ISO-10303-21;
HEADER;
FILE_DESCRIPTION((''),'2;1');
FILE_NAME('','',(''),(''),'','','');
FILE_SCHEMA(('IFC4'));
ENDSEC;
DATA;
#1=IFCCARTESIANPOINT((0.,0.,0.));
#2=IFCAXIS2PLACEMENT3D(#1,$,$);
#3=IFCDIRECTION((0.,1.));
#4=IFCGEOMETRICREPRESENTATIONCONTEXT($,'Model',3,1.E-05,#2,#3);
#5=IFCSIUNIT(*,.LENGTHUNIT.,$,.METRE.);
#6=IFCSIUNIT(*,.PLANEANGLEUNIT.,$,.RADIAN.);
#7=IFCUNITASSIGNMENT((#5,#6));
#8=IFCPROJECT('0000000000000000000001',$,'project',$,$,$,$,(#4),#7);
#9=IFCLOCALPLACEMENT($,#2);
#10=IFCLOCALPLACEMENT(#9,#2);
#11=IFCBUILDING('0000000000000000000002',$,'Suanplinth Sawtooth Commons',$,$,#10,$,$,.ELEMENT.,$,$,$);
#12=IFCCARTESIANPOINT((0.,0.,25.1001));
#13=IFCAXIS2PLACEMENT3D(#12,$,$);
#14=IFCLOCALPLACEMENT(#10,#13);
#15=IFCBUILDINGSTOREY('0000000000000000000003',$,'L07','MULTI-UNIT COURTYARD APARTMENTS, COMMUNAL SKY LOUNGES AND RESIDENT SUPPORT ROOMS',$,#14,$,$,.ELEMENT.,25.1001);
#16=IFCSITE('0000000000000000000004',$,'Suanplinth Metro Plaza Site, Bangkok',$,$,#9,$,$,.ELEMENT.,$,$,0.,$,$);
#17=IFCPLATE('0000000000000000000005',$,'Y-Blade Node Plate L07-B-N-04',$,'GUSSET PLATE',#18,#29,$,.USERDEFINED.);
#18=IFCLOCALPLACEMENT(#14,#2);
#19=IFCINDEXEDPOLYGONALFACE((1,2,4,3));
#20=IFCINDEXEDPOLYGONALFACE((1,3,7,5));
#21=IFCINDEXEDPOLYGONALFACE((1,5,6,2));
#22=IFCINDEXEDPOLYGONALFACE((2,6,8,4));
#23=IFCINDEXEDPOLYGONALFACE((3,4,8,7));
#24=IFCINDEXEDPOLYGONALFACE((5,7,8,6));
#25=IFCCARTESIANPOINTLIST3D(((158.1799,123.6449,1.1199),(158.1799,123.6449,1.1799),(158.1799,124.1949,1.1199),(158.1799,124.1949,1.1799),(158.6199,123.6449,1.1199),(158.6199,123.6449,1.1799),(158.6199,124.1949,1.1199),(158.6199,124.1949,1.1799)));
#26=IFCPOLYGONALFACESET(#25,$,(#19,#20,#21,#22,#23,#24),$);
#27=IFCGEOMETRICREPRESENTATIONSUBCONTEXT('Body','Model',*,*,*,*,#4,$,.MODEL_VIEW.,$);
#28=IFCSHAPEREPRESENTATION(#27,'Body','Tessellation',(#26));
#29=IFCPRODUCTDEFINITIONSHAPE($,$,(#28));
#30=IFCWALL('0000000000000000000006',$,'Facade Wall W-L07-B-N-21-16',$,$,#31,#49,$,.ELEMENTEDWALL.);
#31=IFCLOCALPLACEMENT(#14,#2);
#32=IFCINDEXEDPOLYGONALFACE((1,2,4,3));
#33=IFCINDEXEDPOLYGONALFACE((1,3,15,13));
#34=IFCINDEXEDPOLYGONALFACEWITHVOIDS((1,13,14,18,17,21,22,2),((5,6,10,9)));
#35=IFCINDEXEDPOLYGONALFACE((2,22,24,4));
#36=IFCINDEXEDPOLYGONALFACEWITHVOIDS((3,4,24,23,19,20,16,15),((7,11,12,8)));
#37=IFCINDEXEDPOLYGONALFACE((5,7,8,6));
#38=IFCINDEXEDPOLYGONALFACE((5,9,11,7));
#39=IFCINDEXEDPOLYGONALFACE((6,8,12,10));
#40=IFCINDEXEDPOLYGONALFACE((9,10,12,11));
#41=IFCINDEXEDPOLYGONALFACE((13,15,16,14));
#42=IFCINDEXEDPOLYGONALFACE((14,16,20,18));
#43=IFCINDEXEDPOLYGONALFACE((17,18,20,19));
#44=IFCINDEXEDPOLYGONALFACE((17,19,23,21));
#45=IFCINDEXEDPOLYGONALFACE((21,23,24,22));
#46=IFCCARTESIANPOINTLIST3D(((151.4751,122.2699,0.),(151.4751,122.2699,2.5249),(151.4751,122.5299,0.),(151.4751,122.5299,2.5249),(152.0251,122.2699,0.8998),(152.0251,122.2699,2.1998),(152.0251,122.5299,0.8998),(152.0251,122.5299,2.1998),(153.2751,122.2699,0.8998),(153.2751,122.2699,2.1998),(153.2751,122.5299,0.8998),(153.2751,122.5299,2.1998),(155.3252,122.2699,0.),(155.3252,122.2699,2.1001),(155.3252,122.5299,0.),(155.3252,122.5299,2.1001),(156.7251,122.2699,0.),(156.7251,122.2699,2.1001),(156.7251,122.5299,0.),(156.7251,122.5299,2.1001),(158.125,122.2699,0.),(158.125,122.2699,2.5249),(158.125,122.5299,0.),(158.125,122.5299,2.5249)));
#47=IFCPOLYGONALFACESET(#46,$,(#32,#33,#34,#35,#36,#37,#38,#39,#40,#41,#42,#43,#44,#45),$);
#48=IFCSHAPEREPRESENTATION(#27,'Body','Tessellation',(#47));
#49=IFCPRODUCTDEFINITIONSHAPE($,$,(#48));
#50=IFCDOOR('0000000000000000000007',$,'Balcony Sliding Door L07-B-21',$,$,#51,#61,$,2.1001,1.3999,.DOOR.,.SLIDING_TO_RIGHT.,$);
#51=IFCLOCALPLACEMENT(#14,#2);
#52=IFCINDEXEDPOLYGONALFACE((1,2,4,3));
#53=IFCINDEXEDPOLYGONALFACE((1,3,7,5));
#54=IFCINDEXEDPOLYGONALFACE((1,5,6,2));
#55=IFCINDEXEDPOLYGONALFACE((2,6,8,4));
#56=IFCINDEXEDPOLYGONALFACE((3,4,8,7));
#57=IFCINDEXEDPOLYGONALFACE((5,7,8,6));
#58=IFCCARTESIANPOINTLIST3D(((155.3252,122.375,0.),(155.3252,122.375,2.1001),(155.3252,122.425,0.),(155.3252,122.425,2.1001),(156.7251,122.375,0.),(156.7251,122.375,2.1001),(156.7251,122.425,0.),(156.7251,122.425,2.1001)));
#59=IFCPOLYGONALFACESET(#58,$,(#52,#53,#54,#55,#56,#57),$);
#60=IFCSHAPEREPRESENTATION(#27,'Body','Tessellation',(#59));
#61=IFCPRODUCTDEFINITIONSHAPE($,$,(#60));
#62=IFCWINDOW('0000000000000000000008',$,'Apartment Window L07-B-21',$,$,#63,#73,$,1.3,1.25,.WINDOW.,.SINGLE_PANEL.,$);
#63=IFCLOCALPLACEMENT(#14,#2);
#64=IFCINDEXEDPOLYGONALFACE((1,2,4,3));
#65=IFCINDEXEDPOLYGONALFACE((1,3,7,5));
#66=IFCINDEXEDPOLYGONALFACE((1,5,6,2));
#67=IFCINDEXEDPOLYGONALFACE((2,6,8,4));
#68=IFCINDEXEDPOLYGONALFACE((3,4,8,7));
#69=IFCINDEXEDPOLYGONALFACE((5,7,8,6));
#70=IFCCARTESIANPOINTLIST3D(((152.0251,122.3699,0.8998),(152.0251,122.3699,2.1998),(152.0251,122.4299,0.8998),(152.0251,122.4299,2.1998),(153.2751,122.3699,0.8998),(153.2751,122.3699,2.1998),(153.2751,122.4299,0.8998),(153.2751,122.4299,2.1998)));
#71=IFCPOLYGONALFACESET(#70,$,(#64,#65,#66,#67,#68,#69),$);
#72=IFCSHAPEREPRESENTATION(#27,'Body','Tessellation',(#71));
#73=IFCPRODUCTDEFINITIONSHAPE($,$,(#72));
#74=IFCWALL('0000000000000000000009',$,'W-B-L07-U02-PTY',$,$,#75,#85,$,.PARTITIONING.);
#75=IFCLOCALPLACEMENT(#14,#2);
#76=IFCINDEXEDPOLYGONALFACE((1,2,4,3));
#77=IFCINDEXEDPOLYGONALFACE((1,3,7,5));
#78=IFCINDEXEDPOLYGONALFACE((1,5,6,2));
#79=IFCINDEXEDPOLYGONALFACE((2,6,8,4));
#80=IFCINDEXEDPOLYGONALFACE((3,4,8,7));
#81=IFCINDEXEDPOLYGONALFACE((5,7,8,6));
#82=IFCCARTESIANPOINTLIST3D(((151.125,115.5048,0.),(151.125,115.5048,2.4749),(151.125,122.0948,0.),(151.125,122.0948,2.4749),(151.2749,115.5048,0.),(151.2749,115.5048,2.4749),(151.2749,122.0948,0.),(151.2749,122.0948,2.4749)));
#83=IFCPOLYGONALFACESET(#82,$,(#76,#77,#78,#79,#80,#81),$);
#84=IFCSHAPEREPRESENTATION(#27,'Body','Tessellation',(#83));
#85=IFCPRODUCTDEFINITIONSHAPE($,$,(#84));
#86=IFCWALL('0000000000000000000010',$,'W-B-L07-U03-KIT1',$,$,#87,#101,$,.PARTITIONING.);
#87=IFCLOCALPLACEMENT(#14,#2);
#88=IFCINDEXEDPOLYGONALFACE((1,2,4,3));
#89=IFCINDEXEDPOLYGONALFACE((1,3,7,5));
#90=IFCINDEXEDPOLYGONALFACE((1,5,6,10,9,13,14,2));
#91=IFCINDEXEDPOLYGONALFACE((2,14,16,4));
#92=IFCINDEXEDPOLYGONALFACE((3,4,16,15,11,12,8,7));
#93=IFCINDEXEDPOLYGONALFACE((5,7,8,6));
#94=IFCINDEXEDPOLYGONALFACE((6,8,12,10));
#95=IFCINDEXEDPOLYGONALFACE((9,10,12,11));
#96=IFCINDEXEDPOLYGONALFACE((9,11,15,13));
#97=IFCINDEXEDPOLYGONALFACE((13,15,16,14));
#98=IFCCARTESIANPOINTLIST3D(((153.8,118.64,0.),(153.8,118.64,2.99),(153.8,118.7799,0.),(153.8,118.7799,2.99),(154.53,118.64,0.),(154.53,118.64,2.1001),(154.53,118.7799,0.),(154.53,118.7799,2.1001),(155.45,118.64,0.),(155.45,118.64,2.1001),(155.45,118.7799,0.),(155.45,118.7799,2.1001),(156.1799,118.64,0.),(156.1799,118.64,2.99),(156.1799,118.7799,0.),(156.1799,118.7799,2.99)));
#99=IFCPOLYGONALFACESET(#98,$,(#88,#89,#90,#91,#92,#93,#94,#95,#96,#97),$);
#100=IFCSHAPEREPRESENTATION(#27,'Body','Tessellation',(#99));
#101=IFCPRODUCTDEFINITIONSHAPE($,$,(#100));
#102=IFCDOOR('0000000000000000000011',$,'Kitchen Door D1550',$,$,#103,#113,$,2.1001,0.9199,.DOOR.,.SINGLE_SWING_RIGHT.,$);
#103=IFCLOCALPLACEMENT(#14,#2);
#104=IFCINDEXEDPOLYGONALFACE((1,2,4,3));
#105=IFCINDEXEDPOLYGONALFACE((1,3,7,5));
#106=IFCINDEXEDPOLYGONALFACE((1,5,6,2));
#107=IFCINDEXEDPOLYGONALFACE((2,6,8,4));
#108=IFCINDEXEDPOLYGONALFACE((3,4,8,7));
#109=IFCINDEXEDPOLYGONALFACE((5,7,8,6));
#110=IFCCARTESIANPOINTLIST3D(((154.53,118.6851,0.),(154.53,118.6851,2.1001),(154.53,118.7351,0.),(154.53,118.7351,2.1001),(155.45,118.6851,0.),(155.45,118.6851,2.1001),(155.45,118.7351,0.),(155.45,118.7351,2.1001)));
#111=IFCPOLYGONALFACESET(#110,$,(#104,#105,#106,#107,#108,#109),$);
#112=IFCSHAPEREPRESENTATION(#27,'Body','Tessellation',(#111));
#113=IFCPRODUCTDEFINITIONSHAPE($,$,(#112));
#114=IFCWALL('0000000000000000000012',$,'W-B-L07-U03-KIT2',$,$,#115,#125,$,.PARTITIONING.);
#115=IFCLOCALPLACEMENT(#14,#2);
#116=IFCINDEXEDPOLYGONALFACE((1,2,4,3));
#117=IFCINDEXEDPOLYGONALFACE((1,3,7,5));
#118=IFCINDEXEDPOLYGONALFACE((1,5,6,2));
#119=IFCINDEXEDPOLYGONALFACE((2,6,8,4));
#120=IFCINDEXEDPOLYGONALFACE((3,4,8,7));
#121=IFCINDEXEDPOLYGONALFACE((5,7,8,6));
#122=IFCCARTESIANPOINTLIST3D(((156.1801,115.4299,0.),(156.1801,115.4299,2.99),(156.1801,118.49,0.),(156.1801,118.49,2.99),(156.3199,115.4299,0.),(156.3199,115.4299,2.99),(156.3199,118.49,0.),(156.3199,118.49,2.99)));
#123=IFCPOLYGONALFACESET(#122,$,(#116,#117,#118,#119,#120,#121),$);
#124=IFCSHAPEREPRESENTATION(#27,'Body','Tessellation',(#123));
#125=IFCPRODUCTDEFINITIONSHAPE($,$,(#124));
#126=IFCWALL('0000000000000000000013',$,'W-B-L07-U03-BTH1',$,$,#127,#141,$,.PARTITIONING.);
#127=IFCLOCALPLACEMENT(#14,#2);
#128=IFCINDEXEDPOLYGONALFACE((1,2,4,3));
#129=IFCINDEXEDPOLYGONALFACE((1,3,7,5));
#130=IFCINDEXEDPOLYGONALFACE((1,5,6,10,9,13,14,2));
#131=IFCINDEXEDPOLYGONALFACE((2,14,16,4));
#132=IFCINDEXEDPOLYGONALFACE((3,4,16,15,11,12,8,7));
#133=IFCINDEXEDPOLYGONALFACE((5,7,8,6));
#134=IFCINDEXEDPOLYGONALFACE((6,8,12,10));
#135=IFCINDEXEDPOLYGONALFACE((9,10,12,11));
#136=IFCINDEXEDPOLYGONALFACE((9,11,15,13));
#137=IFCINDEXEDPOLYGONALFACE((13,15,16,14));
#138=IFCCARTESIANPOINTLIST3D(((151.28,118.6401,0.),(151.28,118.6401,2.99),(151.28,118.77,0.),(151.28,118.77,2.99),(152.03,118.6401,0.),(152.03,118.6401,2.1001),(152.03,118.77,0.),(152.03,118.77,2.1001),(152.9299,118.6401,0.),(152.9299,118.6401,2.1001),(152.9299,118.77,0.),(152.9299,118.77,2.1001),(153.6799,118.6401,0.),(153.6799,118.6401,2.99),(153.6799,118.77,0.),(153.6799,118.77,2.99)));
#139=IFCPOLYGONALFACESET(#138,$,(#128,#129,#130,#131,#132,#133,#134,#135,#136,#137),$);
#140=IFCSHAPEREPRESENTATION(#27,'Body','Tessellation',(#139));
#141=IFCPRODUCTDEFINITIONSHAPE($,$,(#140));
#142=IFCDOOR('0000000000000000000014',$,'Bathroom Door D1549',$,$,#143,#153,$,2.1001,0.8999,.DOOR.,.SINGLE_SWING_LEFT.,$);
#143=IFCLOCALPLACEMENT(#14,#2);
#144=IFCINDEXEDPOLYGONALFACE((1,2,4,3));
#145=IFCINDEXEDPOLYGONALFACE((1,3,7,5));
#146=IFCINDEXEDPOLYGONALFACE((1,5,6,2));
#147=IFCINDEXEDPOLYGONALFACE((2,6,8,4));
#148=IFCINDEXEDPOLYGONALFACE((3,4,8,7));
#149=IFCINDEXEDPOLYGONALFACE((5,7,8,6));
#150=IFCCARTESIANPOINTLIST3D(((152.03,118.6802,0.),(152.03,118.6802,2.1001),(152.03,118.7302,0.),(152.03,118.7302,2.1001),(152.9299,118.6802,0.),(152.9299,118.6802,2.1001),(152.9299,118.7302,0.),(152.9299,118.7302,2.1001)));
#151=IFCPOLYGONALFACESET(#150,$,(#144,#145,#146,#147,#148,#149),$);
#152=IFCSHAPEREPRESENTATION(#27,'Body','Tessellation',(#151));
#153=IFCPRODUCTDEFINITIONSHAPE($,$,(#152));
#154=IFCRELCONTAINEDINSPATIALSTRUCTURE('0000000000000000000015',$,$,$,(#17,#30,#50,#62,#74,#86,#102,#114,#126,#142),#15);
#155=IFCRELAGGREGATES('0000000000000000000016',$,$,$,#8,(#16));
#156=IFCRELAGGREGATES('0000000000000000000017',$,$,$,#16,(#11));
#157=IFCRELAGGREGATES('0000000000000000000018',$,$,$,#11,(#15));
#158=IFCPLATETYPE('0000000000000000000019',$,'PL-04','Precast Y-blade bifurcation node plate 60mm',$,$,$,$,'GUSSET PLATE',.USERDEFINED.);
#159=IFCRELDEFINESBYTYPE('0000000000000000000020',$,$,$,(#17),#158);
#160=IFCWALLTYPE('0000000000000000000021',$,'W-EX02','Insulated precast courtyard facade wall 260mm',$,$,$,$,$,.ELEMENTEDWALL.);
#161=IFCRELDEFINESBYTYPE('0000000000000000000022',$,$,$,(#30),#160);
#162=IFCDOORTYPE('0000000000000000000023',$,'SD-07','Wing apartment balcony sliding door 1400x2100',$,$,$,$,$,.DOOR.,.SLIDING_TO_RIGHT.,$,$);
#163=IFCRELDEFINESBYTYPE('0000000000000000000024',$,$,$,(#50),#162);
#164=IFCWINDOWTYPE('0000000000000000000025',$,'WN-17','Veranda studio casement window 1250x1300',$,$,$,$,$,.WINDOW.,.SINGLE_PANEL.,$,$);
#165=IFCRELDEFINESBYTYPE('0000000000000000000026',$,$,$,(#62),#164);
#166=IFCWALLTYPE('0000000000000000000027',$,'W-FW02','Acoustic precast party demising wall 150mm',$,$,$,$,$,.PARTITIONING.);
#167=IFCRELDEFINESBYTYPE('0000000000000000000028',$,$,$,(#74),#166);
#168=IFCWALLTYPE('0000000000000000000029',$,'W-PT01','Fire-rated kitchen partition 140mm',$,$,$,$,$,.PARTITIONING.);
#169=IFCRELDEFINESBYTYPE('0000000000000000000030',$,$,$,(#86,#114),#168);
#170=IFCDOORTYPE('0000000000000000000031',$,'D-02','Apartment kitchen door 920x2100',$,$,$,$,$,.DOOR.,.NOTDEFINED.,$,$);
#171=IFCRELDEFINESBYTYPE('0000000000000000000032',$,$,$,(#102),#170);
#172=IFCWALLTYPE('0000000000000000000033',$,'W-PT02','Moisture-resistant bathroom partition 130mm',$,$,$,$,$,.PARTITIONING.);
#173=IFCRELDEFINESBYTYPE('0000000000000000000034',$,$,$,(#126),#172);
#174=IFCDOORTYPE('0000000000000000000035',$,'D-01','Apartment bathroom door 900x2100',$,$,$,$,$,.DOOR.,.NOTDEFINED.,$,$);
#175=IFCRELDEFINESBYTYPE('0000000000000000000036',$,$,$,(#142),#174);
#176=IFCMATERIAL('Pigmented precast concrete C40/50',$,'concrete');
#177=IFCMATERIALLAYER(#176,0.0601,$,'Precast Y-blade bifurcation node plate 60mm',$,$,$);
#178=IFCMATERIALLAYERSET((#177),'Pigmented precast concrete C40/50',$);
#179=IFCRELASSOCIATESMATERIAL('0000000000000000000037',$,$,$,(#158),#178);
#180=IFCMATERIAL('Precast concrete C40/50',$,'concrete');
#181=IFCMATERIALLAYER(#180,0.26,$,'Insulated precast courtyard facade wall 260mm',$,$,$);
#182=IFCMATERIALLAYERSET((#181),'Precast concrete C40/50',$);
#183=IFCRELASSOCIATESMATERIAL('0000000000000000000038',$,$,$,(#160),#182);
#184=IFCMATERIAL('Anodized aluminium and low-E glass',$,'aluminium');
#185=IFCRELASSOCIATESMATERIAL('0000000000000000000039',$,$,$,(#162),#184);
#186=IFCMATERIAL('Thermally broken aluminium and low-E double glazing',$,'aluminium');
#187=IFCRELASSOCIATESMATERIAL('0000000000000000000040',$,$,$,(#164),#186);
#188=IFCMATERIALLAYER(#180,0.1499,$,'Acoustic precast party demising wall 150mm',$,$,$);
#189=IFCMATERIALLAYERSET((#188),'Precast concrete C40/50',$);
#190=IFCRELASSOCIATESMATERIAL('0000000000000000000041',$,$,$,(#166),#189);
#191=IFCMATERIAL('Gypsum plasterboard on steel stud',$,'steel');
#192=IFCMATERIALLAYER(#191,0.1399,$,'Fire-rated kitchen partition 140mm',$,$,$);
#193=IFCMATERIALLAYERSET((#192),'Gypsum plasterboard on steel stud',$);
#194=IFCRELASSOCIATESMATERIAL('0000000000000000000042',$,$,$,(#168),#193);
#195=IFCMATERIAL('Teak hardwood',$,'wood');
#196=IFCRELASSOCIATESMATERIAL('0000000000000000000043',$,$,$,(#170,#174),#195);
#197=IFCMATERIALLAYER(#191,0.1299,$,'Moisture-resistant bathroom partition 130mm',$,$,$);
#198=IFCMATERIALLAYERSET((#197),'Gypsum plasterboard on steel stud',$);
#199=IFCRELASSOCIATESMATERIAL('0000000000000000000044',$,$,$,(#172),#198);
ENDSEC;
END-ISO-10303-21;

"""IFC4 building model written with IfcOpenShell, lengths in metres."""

from ifc_helpers import new_model, si_unit, direction, frame, frame_2d, origin, origin_2d, place, context, subcontext, project, spatial, rectangle, extrude, material, layer, layer_set, type_object, element, fill, save


model = new_model("IFC4")

# Units and contexts
model_context = context("Model", 3, precision=1e-05, world=origin(), true_north=direction((0.0, 1.0)))
body_context = subcontext(model_context, "Body", "Model", "MODEL_VIEW")
ifc_project = project(units=[si_unit("LENGTHUNIT", "METRE"), si_unit("PLANEANGLEUNIT", "RADIAN")], contexts=[model_context])

# Site, building, storey
site_placement = place(None, origin())
site = spatial("IfcSite", under=ifc_project, at=site_placement, Name="Suanplinth Metro Plaza Site, Bangkok", CompositionType="ELEMENT", RefElevation=0.0)
building_placement = place(site_placement, origin())
building = spatial("IfcBuilding", under=site, at=building_placement, Name="Suanplinth Sawtooth Commons", CompositionType="ELEMENT")
storey_placement = place(building_placement, frame((0.0, 0.0, 25.1001)))
storey = spatial("IfcBuildingStorey", under=building, at=storey_placement, Name="L07", Description="MULTI-UNIT COURTYARD APARTMENTS, COMMUNAL SKY LOUNGES AND RESIDENT SUPPORT ROOMS", CompositionType="ELEMENT", Elevation=25.1001)

# Shared definitions
ifc_material_1 = material(Name="Precast concrete C40/50", Category="concrete")

# Shared definitions
ifc_material_2 = material(Name="Pigmented precast concrete C40/50", Category="concrete")

# Plate
ifc_layer_1 = layer(ifc_material_2, 0.0601, Name="Precast Y-blade bifurcation node plate 60mm")
ifc_layer_set_1 = layer_set([ifc_layer_1], Name="Pigmented precast concrete C40/50")
plate_type = type_object("IfcPlateType", Name="PL-04", Description="Precast Y-blade bifurcation node plate 60mm", ElementType="GUSSET PLATE", PredefinedType="USERDEFINED", material=ifc_layer_set_1)
for number, where, z_axis, x_axis, name in (
    (1, (158.3999, 123.9199, 1.1199), (0.0, 0.0, 1.0), (1.0, 0.0, 0.0), "Y-Blade Node Plate L07-B-N-04"),
):
    element("IfcPlate", number, at=place(storey_placement, frame(where, z_axis=z_axis, x_axis=x_axis)), inside=storey, type_object=plate_type, Name=name, ObjectType="GUSSET PLATE", PredefinedType="USERDEFINED", context=body_context, shape_type="SweptSolid", body=[
        extrude(rectangle(XDim=0.4399, YDim=0.55, at=origin_2d()), origin(), (0.0, 0.0, 1.0), 0.0601),
    ])

# Wall, openings, door, window
ifc_layer_2 = layer(ifc_material_1, 0.26, Name="Insulated precast courtyard facade wall 260mm")
ifc_layer_set_2 = layer_set([ifc_layer_2], Name="Precast concrete C40/50")
wall_type_1 = type_object("IfcWallType", Name="W-EX02", Description="Insulated precast courtyard facade wall 260mm", PredefinedType="ELEMENTEDWALL", material=ifc_layer_set_2)
wall_1_placement = place(storey_placement, frame((151.4751, 122.3999, 0.0), z_axis=(0.0, 0.0, 1.0), x_axis=(1.0, 0.0, 0.0)))
wall_1 = element("IfcWall", 2, at=wall_1_placement, inside=storey, type_object=wall_type_1, Name="Facade Wall W-L07-B-N-21-16", PredefinedType="ELEMENTEDWALL", context=body_context, shape_type="SweptSolid", body=[
    extrude(rectangle(XDim=6.6499, YDim=0.26, at=frame_2d((3.325, 0.0))), origin(), (0.0, 0.0, 1.0), 2.5249),
])
opening_1_placement = place(wall_1_placement, frame((3.8501, 0.0, 0.0)))
opening_1 = element("IfcOpeningElement", 3, at=opening_1_placement, cuts=wall_1, PredefinedType="OPENING", context=body_context, shape_type="SweptSolid", body=[
    extrude(rectangle(XDim=1.3999, YDim=2.1001, at=frame_2d((0.7, 1.05))), frame((0.0, 0.145, 0.0), z_axis=(0.0, -1.0, 0.0), x_axis=(1.0, 0.0, 0.0)), (0.0, 0.0, 1.0), 0.2898),
])
opening_2_placement = place(wall_1_placement, frame((0.55, 0.0, 0.8999)))
opening_2 = element("IfcOpeningElement", 4, at=opening_2_placement, cuts=wall_1, PredefinedType="OPENING", context=body_context, shape_type="SweptSolid", body=[
    extrude(rectangle(XDim=1.25, YDim=1.3, at=frame_2d((0.625, 0.6499))), frame((0.0, 0.145, 0.0), z_axis=(0.0, -1.0, 0.0), x_axis=(1.0, 0.0, 0.0)), (0.0, 0.0, 1.0), 0.2898),
])
ifc_material_3 = material(Name="Anodized aluminium and low-E glass", Category="aluminium")
door_type_1 = type_object("IfcDoorType", Name="SD-07", Description="Wing apartment balcony sliding door 1400x2100", OperationType="SLIDING_TO_RIGHT", PredefinedType="DOOR", material=ifc_material_3)
door_1_placement = place(opening_1_placement, frame((1.3999, 0.0, 0.0), z_axis=(0.0, 0.0, 1.0), x_axis=(-1.0, 0.0, 0.0)))
door_1 = element("IfcDoor", 5, at=door_1_placement, inside=storey, type_object=door_type_1, Name="Balcony Sliding Door L07-B-21", OperationType="SLIDING_TO_RIGHT", OverallHeight=2.1001, OverallWidth=1.3999, PredefinedType="DOOR", context=body_context, shape_type="SweptSolid", body=[
    extrude(rectangle(XDim=1.3999, YDim=2.1001, at=frame_2d((0.7, 1.05))), frame((0.0, 0.0249, 0.0), z_axis=(0.0, -1.0, 0.0), x_axis=(1.0, 0.0, 0.0)), (0.0, 0.0, 1.0), 0.05),
])
fill(opening_1, door_1)
ifc_material_4 = material(Name="Thermally broken aluminium and low-E double glazing", Category="aluminium")
window_type_1 = type_object("IfcWindowType", Name="WN-17", Description="Veranda studio casement window 1250x1300", PartitioningType="SINGLE_PANEL", PredefinedType="WINDOW", material=ifc_material_4)
window_1_placement = place(opening_2_placement, origin())
window_1 = element("IfcWindow", 6, at=window_1_placement, inside=storey, type_object=window_type_1, Name="Apartment Window L07-B-21", OverallHeight=1.3, OverallWidth=1.25, PartitioningType="SINGLE_PANEL", PredefinedType="WINDOW", context=body_context, shape_type="SweptSolid", body=[
    extrude(rectangle(XDim=1.25, YDim=1.3, at=frame_2d((0.625, 0.6499))), frame((0.0, 0.03, 0.0), z_axis=(0.0, -1.0, 0.0), x_axis=(1.0, 0.0, 0.0)), (0.0, 0.0, 1.0), 0.0601),
])
fill(opening_2, window_1)

# Wall
ifc_layer_3 = layer(ifc_material_1, 0.1499, Name="Acoustic precast party demising wall 150mm")
ifc_layer_set_3 = layer_set([ifc_layer_3], Name="Precast concrete C40/50")
wall_type_2 = type_object("IfcWallType", Name="W-FW02", Description="Acoustic precast party demising wall 150mm", PredefinedType="PARTITIONING", material=ifc_layer_set_3)
wall_2_placement = place(storey_placement, frame((151.2, 115.5049, 0.0), z_axis=(0.0, 0.0, 1.0), x_axis=(0.0, 1.0, 0.0)))
element("IfcWall", 7, at=wall_2_placement, inside=storey, type_object=wall_type_2, Name="W-B-L07-U02-PTY", PredefinedType="PARTITIONING", context=body_context, shape_type="SweptSolid", body=[
    extrude(rectangle(XDim=6.5901, YDim=0.1499, at=frame_2d((3.2949, 0.0))), origin(), (0.0, 0.0, 1.0), 2.4749),
])

# Wall, opening, door
ifc_material_5 = material(Name="Gypsum plasterboard on steel stud", Category="steel")
ifc_layer_4 = layer(ifc_material_5, 0.1399, Name="Fire-rated kitchen partition 140mm")
ifc_layer_set_4 = layer_set([ifc_layer_4], Name="Gypsum plasterboard on steel stud")
wall_type_3 = type_object("IfcWallType", Name="W-PT01", Description="Fire-rated kitchen partition 140mm", PredefinedType="PARTITIONING", material=ifc_layer_set_4)
wall_3_placement = place(storey_placement, frame((153.8, 118.71, 0.0), z_axis=(0.0, 0.0, 1.0), x_axis=(1.0, 0.0, 0.0)))
wall_3 = element("IfcWall", 8, at=wall_3_placement, inside=storey, type_object=wall_type_3, Name="W-B-L07-U03-KIT1", PredefinedType="PARTITIONING", context=body_context, shape_type="SweptSolid", body=[
    extrude(rectangle(XDim=2.3799, YDim=0.1399, at=frame_2d((1.1899, 0.0))), origin(), (0.0, 0.0, 1.0), 2.99),
])
opening_3_placement = place(wall_3_placement, frame((0.73, 0.0, 0.0)))
opening_3 = element("IfcOpeningElement", 9, at=opening_3_placement, cuts=wall_3, PredefinedType="OPENING", context=body_context, shape_type="SweptSolid", body=[
    extrude(rectangle(XDim=0.9199, YDim=2.1001, at=frame_2d((0.46, 1.05))), frame((0.0, 0.085, 0.0), z_axis=(0.0, -1.0, 0.0), x_axis=(1.0, 0.0, 0.0)), (0.0, 0.0, 1.0), 0.1697),
])
ifc_material_6 = material(Name="Teak hardwood", Category="wood")
door_type_2 = type_object("IfcDoorType", Name="D-02", Description="Apartment kitchen door 920x2100", OperationType="NOTDEFINED", PredefinedType="DOOR", material=ifc_material_6)
door_2_placement = place(opening_3_placement, frame((0.9199, 0.0, 0.0), z_axis=(0.0, 0.0, 1.0), x_axis=(-1.0, 0.0, 0.0)))
door_2 = element("IfcDoor", 10, at=door_2_placement, inside=storey, type_object=door_type_2, Name="Kitchen Door D1550", OperationType="SINGLE_SWING_RIGHT", OverallHeight=2.1001, OverallWidth=0.9199, PredefinedType="DOOR", context=body_context, shape_type="SweptSolid", body=[
    extrude(rectangle(XDim=0.9199, YDim=2.1001, at=frame_2d((0.46, 1.05))), frame((0.0, 0.0249, 0.0), z_axis=(0.0, -1.0, 0.0), x_axis=(1.0, 0.0, 0.0)), (0.0, 0.0, 1.0), 0.05),
])
fill(opening_3, door_2)

# Wall
wall_4_placement = place(storey_placement, frame((156.25, 115.4299, 0.0), z_axis=(0.0, 0.0, 1.0), x_axis=(0.0, 1.0, 0.0)))
element("IfcWall", 11, at=wall_4_placement, inside=storey, type_object=wall_type_3, Name="W-B-L07-U03-KIT2", PredefinedType="PARTITIONING", context=body_context, shape_type="SweptSolid", body=[
    extrude(rectangle(XDim=3.0601, YDim=0.1399, at=frame_2d((1.53, 0.0))), origin(), (0.0, 0.0, 1.0), 2.99),
])

# Wall, opening, door
ifc_layer_5 = layer(ifc_material_5, 0.1299, Name="Moisture-resistant bathroom partition 130mm")
ifc_layer_set_5 = layer_set([ifc_layer_5], Name="Gypsum plasterboard on steel stud")
wall_type_4 = type_object("IfcWallType", Name="W-PT02", Description="Moisture-resistant bathroom partition 130mm", PredefinedType="PARTITIONING", material=ifc_layer_set_5)
wall_5_placement = place(storey_placement, frame((151.28, 118.7051, 0.0), z_axis=(0.0, 0.0, 1.0), x_axis=(1.0, 0.0, 0.0)))
wall_5 = element("IfcWall", 12, at=wall_5_placement, inside=storey, type_object=wall_type_4, Name="W-B-L07-U03-BTH1", PredefinedType="PARTITIONING", context=body_context, shape_type="SweptSolid", body=[
    extrude(rectangle(XDim=2.3999, YDim=0.1299, at=frame_2d((1.2, 0.0))), origin(), (0.0, 0.0, 1.0), 2.99),
])
opening_4_placement = place(wall_5_placement, frame((0.75, 0.0, 0.0)))
opening_4 = element("IfcOpeningElement", 13, at=opening_4_placement, cuts=wall_5, PredefinedType="OPENING", context=body_context, shape_type="SweptSolid", body=[
    extrude(rectangle(XDim=0.8999, YDim=2.1001, at=frame_2d((0.45, 1.05))), frame((0.0, 0.0798, 0.0), z_axis=(0.0, -1.0, 0.0), x_axis=(1.0, 0.0, 0.0)), (0.0, 0.0, 1.0), 0.1597),
])
door_type_3 = type_object("IfcDoorType", Name="D-01", Description="Apartment bathroom door 900x2100", OperationType="NOTDEFINED", PredefinedType="DOOR", material=ifc_material_6)
door_3_placement = place(opening_4_placement, frame((0.8999, 0.0, 0.0), z_axis=(0.0, 0.0, 1.0), x_axis=(-1.0, 0.0, 0.0)))
door_3 = element("IfcDoor", 14, at=door_3_placement, inside=storey, type_object=door_type_3, Name="Bathroom Door D1549", OperationType="SINGLE_SWING_LEFT", OverallHeight=2.1001, OverallWidth=0.8999, PredefinedType="DOOR", context=body_context, shape_type="SweptSolid", body=[
    extrude(rectangle(XDim=0.8999, YDim=2.1001, at=frame_2d((0.45, 1.05))), frame((0.0, 0.0249, 0.0), z_axis=(0.0, -1.0, 0.0), x_axis=(1.0, 0.0, 0.0)), (0.0, 0.0, 1.0), 0.05),
])
fill(opening_4, door_3)

save(model, "model.ifc")
